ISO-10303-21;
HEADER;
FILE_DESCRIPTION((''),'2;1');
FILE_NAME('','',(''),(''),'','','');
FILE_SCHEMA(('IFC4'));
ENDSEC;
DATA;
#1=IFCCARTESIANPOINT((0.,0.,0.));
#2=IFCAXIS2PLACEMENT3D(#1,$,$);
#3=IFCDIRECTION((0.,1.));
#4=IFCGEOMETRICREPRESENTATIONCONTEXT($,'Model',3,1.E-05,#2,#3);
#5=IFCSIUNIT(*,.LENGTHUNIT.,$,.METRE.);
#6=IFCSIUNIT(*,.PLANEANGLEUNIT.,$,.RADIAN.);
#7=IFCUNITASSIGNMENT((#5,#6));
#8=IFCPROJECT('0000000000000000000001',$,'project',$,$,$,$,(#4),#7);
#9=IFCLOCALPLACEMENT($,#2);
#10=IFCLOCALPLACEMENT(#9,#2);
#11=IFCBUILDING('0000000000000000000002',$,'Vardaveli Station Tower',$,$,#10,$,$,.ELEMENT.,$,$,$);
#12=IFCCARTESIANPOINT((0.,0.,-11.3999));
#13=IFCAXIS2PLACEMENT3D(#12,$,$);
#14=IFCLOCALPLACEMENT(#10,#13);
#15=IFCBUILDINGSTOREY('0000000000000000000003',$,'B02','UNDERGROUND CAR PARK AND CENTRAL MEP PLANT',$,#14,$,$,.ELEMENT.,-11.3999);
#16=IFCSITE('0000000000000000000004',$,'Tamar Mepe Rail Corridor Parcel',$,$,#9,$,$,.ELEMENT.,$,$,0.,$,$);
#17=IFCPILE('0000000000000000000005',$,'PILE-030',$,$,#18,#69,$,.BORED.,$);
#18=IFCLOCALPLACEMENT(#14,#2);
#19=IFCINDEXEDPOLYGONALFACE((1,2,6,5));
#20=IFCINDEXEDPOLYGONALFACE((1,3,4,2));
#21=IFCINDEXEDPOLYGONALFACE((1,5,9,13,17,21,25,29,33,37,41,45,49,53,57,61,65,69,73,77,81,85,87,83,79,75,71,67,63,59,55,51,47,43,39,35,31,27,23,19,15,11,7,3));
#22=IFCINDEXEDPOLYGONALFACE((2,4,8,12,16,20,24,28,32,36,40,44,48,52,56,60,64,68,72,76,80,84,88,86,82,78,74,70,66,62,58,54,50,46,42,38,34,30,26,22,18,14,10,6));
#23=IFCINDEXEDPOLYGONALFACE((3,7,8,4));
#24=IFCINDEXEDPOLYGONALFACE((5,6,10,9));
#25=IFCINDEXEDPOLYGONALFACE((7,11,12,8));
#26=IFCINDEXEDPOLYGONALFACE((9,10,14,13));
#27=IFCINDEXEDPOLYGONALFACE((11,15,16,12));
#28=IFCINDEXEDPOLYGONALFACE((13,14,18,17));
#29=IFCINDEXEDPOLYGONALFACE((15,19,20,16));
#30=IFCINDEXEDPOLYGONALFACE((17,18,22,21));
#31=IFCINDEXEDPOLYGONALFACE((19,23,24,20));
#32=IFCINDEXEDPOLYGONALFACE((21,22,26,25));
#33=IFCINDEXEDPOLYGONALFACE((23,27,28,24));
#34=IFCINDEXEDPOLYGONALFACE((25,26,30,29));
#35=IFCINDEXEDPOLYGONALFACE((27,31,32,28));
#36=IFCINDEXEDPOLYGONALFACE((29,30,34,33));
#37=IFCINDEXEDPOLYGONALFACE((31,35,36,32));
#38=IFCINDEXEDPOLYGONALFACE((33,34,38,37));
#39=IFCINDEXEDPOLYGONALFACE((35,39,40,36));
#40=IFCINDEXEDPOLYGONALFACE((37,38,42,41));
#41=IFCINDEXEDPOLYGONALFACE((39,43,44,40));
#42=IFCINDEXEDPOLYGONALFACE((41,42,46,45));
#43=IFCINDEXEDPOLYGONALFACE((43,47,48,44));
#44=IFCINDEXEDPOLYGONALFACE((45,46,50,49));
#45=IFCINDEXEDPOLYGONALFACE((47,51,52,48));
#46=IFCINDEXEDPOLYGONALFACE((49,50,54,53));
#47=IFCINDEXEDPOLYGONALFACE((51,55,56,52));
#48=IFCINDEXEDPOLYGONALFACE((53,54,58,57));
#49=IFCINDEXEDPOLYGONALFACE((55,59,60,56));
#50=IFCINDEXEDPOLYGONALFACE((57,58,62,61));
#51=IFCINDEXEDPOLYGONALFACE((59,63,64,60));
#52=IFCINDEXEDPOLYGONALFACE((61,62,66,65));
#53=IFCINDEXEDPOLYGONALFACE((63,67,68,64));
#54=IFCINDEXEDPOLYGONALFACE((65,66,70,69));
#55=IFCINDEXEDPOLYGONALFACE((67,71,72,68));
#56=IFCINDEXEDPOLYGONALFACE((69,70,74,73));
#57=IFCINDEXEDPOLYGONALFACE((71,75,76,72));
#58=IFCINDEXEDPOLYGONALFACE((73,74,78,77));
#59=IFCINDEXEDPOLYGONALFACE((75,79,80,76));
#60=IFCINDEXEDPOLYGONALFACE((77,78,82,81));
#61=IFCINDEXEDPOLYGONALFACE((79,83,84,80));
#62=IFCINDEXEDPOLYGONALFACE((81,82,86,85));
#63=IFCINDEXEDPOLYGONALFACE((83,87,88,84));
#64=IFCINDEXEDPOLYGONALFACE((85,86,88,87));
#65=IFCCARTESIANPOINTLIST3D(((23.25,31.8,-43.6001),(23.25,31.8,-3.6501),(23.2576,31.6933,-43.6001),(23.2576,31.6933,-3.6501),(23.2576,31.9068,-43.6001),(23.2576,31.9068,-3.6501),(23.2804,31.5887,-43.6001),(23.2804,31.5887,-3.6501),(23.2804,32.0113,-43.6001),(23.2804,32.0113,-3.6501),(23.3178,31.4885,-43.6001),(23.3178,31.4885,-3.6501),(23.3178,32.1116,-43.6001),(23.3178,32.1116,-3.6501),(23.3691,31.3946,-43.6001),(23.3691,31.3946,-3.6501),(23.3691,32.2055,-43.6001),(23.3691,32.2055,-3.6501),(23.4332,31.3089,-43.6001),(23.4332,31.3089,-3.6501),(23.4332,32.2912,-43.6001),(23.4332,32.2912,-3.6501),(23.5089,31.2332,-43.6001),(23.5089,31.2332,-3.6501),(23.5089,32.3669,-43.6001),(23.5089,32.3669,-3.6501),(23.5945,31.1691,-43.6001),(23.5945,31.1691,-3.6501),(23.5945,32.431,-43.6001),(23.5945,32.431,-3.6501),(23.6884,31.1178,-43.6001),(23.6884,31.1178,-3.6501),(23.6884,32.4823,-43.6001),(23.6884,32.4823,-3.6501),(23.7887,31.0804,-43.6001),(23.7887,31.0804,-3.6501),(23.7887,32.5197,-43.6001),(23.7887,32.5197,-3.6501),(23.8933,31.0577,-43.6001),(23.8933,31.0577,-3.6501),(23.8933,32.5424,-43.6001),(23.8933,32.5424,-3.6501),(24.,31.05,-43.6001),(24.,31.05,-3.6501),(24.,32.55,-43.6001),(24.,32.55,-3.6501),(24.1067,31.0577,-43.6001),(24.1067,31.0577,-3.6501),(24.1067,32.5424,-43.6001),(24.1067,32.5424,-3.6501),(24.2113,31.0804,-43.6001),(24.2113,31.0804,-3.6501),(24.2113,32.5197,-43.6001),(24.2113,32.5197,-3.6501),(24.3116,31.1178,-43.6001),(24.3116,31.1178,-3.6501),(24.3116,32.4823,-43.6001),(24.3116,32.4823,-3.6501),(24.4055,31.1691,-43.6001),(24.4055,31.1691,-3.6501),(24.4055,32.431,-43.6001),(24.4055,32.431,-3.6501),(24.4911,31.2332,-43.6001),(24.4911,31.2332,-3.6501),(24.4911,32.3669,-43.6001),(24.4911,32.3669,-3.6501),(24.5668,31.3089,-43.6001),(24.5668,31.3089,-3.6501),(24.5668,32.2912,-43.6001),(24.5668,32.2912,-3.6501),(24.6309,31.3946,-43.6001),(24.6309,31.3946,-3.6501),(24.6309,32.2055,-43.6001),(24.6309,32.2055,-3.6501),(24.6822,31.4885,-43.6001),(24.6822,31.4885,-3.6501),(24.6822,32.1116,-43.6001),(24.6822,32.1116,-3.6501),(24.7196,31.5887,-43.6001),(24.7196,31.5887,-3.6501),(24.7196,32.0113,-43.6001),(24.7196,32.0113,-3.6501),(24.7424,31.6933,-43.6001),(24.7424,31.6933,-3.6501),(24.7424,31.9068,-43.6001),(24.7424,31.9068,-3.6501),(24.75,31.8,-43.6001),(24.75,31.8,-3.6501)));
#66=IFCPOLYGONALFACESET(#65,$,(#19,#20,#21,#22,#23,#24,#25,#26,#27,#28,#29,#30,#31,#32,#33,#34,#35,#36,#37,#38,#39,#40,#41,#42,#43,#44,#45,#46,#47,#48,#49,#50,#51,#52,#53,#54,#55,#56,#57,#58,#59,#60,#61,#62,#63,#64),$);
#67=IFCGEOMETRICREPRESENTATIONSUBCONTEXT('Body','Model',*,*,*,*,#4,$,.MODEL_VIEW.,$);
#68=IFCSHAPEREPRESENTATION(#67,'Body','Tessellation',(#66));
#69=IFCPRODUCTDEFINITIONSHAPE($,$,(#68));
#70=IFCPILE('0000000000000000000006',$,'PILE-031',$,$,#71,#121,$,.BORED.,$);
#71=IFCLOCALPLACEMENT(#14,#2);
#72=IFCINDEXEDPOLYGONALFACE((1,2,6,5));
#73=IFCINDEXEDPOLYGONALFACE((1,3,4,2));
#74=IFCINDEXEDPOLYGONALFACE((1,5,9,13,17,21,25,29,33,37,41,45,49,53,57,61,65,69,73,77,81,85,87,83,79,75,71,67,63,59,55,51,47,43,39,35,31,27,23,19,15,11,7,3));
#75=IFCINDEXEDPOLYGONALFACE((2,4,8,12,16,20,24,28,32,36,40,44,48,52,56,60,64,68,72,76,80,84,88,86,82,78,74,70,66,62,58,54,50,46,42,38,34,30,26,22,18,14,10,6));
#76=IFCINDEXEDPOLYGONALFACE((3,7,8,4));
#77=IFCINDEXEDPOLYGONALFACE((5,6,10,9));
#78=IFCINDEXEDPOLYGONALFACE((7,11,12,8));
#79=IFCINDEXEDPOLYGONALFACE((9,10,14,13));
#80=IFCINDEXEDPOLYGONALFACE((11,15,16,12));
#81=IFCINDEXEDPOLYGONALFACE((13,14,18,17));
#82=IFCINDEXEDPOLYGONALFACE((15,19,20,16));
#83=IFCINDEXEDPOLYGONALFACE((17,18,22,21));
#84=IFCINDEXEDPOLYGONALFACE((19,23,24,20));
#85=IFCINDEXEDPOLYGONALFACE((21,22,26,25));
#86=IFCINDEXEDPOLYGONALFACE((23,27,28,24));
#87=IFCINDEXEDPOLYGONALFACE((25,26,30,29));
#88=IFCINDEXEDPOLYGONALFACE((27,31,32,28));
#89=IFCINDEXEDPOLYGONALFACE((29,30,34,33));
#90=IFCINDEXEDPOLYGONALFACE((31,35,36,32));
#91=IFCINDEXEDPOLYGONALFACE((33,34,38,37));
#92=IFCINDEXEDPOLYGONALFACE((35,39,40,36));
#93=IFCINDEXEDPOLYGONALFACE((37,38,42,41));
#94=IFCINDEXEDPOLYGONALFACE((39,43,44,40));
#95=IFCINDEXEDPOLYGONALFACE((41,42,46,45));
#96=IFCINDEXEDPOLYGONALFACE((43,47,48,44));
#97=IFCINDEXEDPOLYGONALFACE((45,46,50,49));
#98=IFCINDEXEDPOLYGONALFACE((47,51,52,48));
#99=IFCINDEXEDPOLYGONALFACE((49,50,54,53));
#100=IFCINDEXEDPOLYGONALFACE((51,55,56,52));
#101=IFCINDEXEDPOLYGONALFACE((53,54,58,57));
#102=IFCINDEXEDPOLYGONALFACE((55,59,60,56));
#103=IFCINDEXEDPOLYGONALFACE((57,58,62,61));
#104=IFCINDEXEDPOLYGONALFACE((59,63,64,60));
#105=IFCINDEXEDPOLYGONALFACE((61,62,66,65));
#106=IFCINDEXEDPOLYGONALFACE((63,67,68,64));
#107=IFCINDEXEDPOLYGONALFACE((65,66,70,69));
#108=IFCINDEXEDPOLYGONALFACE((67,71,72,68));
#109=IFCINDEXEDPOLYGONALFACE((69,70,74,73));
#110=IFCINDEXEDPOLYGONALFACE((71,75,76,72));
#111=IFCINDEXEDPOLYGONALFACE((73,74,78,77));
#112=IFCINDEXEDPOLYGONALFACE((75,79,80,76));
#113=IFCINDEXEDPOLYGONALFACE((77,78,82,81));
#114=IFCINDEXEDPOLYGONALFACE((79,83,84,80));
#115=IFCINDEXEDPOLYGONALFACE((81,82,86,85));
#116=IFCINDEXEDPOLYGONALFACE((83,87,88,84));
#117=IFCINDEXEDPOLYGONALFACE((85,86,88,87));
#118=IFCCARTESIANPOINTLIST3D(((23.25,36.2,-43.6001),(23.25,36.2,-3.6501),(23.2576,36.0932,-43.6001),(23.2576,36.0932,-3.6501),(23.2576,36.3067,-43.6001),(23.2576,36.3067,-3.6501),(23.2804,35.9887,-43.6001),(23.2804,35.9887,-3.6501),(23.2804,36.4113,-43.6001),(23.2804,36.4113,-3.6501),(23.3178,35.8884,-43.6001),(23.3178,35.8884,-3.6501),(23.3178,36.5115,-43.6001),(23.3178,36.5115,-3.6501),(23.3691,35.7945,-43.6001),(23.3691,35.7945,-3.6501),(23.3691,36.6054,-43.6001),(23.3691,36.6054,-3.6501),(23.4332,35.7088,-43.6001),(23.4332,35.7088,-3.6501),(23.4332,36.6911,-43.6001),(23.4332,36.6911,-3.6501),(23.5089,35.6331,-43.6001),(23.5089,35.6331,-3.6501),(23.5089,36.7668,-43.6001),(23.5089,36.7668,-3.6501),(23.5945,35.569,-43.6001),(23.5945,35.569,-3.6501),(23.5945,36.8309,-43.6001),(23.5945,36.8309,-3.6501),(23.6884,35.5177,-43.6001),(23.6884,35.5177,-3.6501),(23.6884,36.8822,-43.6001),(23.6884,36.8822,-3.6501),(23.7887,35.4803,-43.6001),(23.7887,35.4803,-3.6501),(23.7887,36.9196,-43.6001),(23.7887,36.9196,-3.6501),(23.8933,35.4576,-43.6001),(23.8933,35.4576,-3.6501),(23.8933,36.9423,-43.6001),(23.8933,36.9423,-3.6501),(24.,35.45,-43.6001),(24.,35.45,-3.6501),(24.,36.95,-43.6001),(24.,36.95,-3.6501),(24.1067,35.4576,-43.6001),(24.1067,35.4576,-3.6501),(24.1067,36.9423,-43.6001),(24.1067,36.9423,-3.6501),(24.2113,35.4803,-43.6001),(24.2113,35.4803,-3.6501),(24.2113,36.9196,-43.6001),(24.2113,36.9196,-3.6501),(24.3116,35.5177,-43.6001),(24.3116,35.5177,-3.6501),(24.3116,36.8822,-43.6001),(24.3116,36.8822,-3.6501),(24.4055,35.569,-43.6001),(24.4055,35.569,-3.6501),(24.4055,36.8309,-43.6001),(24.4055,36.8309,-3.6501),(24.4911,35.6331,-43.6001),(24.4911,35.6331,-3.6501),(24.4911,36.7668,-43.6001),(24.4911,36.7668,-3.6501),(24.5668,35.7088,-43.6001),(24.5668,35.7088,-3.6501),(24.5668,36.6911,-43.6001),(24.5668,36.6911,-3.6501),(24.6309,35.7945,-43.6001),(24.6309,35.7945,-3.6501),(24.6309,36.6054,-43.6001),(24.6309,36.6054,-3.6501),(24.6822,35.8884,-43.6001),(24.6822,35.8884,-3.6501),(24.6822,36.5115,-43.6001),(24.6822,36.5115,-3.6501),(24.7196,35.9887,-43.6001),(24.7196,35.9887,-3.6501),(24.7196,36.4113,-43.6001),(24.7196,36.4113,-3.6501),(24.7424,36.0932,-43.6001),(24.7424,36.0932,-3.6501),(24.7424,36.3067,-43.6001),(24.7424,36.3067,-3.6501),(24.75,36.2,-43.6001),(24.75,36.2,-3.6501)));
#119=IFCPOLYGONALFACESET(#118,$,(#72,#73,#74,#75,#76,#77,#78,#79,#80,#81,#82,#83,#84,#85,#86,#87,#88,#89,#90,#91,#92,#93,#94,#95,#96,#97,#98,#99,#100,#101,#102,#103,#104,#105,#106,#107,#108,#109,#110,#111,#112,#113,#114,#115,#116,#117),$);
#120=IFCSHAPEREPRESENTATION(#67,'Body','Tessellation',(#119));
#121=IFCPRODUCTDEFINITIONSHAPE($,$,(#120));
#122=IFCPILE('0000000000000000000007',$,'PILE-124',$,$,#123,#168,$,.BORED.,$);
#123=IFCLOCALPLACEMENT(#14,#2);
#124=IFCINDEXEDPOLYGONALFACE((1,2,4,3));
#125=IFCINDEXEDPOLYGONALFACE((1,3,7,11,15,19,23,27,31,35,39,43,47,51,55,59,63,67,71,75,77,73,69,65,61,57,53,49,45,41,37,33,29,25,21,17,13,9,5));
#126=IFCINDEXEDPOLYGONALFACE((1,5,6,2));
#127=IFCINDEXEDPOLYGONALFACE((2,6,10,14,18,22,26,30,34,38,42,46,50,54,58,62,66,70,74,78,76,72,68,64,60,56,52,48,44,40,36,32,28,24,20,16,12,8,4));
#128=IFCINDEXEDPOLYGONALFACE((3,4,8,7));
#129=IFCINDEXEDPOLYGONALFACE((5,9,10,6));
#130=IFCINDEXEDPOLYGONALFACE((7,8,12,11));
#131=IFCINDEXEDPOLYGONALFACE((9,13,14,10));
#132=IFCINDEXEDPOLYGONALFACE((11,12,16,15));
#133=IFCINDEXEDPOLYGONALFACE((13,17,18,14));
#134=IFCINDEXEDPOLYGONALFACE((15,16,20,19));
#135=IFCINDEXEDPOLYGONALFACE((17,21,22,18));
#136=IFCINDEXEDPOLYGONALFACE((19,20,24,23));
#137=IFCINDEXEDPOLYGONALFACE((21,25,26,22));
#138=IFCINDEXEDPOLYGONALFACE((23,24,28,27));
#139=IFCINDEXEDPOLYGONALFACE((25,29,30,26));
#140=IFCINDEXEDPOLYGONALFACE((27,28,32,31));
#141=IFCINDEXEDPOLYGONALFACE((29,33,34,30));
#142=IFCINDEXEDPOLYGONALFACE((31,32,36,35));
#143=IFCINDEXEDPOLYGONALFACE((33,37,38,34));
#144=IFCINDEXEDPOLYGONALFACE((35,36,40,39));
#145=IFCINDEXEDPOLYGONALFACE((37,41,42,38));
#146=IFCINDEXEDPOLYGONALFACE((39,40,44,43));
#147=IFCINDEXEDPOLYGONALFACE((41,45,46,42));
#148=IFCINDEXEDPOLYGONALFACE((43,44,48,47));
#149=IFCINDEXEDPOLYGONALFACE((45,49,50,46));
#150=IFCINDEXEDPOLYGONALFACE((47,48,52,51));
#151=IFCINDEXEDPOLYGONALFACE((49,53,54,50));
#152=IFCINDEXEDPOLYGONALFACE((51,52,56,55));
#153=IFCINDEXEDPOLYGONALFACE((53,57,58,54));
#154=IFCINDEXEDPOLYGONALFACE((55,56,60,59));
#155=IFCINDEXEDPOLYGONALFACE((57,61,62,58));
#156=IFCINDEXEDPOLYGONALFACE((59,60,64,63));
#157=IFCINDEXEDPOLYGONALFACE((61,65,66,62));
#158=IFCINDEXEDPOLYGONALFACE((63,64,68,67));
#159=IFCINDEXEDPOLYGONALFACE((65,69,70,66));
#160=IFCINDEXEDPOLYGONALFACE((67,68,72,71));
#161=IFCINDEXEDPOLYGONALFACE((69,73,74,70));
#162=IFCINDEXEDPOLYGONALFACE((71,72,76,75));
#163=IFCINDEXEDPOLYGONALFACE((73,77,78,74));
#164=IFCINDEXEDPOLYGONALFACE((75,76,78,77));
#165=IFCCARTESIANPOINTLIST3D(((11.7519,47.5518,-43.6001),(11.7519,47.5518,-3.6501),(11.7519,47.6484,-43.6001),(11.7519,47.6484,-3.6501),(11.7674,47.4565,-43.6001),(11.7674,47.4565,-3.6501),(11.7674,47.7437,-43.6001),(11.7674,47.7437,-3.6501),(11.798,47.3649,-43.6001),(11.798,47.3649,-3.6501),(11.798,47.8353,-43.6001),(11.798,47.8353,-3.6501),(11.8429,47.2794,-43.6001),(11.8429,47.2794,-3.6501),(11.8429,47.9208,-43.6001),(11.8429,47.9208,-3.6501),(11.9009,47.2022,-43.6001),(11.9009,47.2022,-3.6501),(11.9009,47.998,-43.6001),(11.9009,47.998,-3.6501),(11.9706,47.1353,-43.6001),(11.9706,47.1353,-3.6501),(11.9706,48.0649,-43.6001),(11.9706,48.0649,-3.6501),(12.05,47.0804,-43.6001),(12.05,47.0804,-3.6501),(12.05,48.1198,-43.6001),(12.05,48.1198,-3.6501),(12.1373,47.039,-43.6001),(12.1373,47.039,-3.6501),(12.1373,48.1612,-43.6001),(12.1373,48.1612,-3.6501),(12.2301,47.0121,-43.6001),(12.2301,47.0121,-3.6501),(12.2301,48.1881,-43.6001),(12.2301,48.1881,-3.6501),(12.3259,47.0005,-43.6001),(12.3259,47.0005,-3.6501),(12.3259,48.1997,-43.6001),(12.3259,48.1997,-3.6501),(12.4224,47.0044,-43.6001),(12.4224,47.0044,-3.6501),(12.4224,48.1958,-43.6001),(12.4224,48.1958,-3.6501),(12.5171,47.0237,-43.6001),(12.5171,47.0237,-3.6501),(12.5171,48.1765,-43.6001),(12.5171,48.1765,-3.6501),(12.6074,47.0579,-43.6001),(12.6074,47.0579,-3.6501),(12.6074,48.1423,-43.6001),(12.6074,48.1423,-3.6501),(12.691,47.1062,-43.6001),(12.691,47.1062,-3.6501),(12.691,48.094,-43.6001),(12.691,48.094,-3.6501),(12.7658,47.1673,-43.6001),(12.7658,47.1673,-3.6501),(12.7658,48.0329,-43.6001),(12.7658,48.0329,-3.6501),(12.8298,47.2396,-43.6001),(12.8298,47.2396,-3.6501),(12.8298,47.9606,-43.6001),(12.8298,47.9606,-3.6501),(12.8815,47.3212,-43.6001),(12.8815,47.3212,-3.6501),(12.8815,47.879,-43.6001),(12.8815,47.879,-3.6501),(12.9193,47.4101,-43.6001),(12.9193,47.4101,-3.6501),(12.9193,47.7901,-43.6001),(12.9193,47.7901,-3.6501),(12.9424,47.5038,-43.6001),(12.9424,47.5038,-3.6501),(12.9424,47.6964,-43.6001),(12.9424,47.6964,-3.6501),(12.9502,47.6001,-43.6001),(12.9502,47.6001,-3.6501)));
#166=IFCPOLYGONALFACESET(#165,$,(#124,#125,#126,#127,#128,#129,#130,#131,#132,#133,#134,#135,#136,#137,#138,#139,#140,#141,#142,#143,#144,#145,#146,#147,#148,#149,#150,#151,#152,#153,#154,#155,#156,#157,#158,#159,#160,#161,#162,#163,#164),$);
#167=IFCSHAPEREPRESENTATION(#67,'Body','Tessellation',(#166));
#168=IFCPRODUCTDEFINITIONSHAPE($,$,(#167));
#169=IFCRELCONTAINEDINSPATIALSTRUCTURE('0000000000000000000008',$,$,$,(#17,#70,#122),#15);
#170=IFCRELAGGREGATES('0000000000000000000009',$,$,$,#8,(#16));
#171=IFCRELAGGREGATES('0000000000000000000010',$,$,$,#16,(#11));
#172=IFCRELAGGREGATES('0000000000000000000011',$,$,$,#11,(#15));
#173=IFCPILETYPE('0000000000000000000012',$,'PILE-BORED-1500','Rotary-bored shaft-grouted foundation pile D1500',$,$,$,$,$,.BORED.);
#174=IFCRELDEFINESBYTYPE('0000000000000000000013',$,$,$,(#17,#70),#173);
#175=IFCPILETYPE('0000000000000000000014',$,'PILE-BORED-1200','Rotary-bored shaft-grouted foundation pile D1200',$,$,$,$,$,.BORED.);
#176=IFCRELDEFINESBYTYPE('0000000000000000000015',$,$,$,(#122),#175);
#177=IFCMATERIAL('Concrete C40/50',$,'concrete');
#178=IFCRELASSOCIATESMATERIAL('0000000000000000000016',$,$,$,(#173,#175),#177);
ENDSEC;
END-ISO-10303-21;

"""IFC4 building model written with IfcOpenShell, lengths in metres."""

from ifc_helpers import new_model, si_unit, direction, frame, origin, origin_2d, place, context, subcontext, project, spatial, circle, extrude, source, transform, mapped, material, material_profile, profile_set, type_object, element, save


model = new_model("IFC4")

# Units and contexts
model_context = context("Model", 3, precision=1e-05, world=origin(), true_north=direction((0.0, 1.0)))
body_context = subcontext(model_context, "Body", "Model", "MODEL_VIEW")
ifc_project = project(units=[si_unit("LENGTHUNIT", "METRE"), si_unit("PLANEANGLEUNIT", "RADIAN")], contexts=[model_context])

# Site, building, storey
site_placement = place(None, origin())
site = spatial("IfcSite", under=ifc_project, at=site_placement, Name="Tamar Mepe Rail Corridor Parcel", CompositionType="ELEMENT", RefElevation=0.0)
building_placement = place(site_placement, origin())
building = spatial("IfcBuilding", under=site, at=building_placement, Name="Vardaveli Station Tower", CompositionType="ELEMENT")
storey_placement = place(building_placement, frame((0.0, 0.0, -11.3999)))
storey = spatial("IfcBuildingStorey", under=building, at=storey_placement, Name="B02", Description="UNDERGROUND CAR PARK AND CENTRAL MEP PLANT", CompositionType="ELEMENT", Elevation=-11.3999)

# Piles
ifc_material_1 = material(Name="Concrete C40/50", Category="concrete")
ifc_material_profile_1 = material_profile(ifc_material_1, circle(Radius=0.75, at=origin_2d()), Name="PILE D1500")
ifc_profile_set_1 = profile_set([ifc_material_profile_1], Name="Concrete C40/50")
pile_type_1 = type_object("IfcPileType", Name="PILE-BORED-1500", Description="Rotary-bored shaft-grouted foundation pile D1500", PredefinedType="BORED", material=ifc_profile_set_1)
shared_shape_1 = source(origin(), body_context, "Body", "SweptSolid", [
    extrude(circle(Radius=0.75, at=origin_2d()), origin(), (0.0, 0.0, 1.0), 39.95),
])
for number, where, z_axis, x_axis, name in (
    (1, (24.0, 31.8, -3.6501), (0.0, 0.0, -1.0), (1.0, 0.0, 0.0), "PILE-030"),
    (2, (24.0, 36.2, -3.6501), (0.0, 0.0, -1.0), (1.0, 0.0, 0.0), "PILE-031"),
):
    element("IfcPile", number, at=place(storey_placement, frame(where, z_axis=z_axis, x_axis=x_axis)), inside=storey, type_object=pile_type_1, Name=name, PredefinedType="BORED", context=body_context, shape_type="MappedRepresentation", body=[
        mapped(shared_shape_1, transform((0.0, 0.0, 0.0), scale=1.0)),
    ])
ifc_material_profile_2 = material_profile(ifc_material_1, circle(Radius=0.6001, at=origin_2d()), Name="PILE D1200")
ifc_profile_set_2 = profile_set([ifc_material_profile_2], Name="Concrete C40/50")
pile_type_2 = type_object("IfcPileType", Name="PILE-BORED-1200", Description="Rotary-bored shaft-grouted foundation pile D1200", PredefinedType="BORED", material=ifc_profile_set_2)
shared_shape_2 = source(origin(), body_context, "Body", "SweptSolid", [
    extrude(circle(Radius=0.6001, at=origin_2d()), origin(), (0.0, 0.0, 1.0), 39.95),
])
for number, where, z_axis, x_axis, name in (
    (3, (12.3501, 47.6001, -3.6501), (0.0, 0.0, -1.0), (1.0, 0.0, 0.0), "PILE-124"),
):
    element("IfcPile", number, at=place(storey_placement, frame(where, z_axis=z_axis, x_axis=x_axis)), inside=storey, type_object=pile_type_2, Name=name, PredefinedType="BORED", context=body_context, shape_type="MappedRepresentation", body=[
        mapped(shared_shape_2, transform((0.0, 0.0, 0.0), scale=1.0)),
    ])

save(model, "model.ifc")
